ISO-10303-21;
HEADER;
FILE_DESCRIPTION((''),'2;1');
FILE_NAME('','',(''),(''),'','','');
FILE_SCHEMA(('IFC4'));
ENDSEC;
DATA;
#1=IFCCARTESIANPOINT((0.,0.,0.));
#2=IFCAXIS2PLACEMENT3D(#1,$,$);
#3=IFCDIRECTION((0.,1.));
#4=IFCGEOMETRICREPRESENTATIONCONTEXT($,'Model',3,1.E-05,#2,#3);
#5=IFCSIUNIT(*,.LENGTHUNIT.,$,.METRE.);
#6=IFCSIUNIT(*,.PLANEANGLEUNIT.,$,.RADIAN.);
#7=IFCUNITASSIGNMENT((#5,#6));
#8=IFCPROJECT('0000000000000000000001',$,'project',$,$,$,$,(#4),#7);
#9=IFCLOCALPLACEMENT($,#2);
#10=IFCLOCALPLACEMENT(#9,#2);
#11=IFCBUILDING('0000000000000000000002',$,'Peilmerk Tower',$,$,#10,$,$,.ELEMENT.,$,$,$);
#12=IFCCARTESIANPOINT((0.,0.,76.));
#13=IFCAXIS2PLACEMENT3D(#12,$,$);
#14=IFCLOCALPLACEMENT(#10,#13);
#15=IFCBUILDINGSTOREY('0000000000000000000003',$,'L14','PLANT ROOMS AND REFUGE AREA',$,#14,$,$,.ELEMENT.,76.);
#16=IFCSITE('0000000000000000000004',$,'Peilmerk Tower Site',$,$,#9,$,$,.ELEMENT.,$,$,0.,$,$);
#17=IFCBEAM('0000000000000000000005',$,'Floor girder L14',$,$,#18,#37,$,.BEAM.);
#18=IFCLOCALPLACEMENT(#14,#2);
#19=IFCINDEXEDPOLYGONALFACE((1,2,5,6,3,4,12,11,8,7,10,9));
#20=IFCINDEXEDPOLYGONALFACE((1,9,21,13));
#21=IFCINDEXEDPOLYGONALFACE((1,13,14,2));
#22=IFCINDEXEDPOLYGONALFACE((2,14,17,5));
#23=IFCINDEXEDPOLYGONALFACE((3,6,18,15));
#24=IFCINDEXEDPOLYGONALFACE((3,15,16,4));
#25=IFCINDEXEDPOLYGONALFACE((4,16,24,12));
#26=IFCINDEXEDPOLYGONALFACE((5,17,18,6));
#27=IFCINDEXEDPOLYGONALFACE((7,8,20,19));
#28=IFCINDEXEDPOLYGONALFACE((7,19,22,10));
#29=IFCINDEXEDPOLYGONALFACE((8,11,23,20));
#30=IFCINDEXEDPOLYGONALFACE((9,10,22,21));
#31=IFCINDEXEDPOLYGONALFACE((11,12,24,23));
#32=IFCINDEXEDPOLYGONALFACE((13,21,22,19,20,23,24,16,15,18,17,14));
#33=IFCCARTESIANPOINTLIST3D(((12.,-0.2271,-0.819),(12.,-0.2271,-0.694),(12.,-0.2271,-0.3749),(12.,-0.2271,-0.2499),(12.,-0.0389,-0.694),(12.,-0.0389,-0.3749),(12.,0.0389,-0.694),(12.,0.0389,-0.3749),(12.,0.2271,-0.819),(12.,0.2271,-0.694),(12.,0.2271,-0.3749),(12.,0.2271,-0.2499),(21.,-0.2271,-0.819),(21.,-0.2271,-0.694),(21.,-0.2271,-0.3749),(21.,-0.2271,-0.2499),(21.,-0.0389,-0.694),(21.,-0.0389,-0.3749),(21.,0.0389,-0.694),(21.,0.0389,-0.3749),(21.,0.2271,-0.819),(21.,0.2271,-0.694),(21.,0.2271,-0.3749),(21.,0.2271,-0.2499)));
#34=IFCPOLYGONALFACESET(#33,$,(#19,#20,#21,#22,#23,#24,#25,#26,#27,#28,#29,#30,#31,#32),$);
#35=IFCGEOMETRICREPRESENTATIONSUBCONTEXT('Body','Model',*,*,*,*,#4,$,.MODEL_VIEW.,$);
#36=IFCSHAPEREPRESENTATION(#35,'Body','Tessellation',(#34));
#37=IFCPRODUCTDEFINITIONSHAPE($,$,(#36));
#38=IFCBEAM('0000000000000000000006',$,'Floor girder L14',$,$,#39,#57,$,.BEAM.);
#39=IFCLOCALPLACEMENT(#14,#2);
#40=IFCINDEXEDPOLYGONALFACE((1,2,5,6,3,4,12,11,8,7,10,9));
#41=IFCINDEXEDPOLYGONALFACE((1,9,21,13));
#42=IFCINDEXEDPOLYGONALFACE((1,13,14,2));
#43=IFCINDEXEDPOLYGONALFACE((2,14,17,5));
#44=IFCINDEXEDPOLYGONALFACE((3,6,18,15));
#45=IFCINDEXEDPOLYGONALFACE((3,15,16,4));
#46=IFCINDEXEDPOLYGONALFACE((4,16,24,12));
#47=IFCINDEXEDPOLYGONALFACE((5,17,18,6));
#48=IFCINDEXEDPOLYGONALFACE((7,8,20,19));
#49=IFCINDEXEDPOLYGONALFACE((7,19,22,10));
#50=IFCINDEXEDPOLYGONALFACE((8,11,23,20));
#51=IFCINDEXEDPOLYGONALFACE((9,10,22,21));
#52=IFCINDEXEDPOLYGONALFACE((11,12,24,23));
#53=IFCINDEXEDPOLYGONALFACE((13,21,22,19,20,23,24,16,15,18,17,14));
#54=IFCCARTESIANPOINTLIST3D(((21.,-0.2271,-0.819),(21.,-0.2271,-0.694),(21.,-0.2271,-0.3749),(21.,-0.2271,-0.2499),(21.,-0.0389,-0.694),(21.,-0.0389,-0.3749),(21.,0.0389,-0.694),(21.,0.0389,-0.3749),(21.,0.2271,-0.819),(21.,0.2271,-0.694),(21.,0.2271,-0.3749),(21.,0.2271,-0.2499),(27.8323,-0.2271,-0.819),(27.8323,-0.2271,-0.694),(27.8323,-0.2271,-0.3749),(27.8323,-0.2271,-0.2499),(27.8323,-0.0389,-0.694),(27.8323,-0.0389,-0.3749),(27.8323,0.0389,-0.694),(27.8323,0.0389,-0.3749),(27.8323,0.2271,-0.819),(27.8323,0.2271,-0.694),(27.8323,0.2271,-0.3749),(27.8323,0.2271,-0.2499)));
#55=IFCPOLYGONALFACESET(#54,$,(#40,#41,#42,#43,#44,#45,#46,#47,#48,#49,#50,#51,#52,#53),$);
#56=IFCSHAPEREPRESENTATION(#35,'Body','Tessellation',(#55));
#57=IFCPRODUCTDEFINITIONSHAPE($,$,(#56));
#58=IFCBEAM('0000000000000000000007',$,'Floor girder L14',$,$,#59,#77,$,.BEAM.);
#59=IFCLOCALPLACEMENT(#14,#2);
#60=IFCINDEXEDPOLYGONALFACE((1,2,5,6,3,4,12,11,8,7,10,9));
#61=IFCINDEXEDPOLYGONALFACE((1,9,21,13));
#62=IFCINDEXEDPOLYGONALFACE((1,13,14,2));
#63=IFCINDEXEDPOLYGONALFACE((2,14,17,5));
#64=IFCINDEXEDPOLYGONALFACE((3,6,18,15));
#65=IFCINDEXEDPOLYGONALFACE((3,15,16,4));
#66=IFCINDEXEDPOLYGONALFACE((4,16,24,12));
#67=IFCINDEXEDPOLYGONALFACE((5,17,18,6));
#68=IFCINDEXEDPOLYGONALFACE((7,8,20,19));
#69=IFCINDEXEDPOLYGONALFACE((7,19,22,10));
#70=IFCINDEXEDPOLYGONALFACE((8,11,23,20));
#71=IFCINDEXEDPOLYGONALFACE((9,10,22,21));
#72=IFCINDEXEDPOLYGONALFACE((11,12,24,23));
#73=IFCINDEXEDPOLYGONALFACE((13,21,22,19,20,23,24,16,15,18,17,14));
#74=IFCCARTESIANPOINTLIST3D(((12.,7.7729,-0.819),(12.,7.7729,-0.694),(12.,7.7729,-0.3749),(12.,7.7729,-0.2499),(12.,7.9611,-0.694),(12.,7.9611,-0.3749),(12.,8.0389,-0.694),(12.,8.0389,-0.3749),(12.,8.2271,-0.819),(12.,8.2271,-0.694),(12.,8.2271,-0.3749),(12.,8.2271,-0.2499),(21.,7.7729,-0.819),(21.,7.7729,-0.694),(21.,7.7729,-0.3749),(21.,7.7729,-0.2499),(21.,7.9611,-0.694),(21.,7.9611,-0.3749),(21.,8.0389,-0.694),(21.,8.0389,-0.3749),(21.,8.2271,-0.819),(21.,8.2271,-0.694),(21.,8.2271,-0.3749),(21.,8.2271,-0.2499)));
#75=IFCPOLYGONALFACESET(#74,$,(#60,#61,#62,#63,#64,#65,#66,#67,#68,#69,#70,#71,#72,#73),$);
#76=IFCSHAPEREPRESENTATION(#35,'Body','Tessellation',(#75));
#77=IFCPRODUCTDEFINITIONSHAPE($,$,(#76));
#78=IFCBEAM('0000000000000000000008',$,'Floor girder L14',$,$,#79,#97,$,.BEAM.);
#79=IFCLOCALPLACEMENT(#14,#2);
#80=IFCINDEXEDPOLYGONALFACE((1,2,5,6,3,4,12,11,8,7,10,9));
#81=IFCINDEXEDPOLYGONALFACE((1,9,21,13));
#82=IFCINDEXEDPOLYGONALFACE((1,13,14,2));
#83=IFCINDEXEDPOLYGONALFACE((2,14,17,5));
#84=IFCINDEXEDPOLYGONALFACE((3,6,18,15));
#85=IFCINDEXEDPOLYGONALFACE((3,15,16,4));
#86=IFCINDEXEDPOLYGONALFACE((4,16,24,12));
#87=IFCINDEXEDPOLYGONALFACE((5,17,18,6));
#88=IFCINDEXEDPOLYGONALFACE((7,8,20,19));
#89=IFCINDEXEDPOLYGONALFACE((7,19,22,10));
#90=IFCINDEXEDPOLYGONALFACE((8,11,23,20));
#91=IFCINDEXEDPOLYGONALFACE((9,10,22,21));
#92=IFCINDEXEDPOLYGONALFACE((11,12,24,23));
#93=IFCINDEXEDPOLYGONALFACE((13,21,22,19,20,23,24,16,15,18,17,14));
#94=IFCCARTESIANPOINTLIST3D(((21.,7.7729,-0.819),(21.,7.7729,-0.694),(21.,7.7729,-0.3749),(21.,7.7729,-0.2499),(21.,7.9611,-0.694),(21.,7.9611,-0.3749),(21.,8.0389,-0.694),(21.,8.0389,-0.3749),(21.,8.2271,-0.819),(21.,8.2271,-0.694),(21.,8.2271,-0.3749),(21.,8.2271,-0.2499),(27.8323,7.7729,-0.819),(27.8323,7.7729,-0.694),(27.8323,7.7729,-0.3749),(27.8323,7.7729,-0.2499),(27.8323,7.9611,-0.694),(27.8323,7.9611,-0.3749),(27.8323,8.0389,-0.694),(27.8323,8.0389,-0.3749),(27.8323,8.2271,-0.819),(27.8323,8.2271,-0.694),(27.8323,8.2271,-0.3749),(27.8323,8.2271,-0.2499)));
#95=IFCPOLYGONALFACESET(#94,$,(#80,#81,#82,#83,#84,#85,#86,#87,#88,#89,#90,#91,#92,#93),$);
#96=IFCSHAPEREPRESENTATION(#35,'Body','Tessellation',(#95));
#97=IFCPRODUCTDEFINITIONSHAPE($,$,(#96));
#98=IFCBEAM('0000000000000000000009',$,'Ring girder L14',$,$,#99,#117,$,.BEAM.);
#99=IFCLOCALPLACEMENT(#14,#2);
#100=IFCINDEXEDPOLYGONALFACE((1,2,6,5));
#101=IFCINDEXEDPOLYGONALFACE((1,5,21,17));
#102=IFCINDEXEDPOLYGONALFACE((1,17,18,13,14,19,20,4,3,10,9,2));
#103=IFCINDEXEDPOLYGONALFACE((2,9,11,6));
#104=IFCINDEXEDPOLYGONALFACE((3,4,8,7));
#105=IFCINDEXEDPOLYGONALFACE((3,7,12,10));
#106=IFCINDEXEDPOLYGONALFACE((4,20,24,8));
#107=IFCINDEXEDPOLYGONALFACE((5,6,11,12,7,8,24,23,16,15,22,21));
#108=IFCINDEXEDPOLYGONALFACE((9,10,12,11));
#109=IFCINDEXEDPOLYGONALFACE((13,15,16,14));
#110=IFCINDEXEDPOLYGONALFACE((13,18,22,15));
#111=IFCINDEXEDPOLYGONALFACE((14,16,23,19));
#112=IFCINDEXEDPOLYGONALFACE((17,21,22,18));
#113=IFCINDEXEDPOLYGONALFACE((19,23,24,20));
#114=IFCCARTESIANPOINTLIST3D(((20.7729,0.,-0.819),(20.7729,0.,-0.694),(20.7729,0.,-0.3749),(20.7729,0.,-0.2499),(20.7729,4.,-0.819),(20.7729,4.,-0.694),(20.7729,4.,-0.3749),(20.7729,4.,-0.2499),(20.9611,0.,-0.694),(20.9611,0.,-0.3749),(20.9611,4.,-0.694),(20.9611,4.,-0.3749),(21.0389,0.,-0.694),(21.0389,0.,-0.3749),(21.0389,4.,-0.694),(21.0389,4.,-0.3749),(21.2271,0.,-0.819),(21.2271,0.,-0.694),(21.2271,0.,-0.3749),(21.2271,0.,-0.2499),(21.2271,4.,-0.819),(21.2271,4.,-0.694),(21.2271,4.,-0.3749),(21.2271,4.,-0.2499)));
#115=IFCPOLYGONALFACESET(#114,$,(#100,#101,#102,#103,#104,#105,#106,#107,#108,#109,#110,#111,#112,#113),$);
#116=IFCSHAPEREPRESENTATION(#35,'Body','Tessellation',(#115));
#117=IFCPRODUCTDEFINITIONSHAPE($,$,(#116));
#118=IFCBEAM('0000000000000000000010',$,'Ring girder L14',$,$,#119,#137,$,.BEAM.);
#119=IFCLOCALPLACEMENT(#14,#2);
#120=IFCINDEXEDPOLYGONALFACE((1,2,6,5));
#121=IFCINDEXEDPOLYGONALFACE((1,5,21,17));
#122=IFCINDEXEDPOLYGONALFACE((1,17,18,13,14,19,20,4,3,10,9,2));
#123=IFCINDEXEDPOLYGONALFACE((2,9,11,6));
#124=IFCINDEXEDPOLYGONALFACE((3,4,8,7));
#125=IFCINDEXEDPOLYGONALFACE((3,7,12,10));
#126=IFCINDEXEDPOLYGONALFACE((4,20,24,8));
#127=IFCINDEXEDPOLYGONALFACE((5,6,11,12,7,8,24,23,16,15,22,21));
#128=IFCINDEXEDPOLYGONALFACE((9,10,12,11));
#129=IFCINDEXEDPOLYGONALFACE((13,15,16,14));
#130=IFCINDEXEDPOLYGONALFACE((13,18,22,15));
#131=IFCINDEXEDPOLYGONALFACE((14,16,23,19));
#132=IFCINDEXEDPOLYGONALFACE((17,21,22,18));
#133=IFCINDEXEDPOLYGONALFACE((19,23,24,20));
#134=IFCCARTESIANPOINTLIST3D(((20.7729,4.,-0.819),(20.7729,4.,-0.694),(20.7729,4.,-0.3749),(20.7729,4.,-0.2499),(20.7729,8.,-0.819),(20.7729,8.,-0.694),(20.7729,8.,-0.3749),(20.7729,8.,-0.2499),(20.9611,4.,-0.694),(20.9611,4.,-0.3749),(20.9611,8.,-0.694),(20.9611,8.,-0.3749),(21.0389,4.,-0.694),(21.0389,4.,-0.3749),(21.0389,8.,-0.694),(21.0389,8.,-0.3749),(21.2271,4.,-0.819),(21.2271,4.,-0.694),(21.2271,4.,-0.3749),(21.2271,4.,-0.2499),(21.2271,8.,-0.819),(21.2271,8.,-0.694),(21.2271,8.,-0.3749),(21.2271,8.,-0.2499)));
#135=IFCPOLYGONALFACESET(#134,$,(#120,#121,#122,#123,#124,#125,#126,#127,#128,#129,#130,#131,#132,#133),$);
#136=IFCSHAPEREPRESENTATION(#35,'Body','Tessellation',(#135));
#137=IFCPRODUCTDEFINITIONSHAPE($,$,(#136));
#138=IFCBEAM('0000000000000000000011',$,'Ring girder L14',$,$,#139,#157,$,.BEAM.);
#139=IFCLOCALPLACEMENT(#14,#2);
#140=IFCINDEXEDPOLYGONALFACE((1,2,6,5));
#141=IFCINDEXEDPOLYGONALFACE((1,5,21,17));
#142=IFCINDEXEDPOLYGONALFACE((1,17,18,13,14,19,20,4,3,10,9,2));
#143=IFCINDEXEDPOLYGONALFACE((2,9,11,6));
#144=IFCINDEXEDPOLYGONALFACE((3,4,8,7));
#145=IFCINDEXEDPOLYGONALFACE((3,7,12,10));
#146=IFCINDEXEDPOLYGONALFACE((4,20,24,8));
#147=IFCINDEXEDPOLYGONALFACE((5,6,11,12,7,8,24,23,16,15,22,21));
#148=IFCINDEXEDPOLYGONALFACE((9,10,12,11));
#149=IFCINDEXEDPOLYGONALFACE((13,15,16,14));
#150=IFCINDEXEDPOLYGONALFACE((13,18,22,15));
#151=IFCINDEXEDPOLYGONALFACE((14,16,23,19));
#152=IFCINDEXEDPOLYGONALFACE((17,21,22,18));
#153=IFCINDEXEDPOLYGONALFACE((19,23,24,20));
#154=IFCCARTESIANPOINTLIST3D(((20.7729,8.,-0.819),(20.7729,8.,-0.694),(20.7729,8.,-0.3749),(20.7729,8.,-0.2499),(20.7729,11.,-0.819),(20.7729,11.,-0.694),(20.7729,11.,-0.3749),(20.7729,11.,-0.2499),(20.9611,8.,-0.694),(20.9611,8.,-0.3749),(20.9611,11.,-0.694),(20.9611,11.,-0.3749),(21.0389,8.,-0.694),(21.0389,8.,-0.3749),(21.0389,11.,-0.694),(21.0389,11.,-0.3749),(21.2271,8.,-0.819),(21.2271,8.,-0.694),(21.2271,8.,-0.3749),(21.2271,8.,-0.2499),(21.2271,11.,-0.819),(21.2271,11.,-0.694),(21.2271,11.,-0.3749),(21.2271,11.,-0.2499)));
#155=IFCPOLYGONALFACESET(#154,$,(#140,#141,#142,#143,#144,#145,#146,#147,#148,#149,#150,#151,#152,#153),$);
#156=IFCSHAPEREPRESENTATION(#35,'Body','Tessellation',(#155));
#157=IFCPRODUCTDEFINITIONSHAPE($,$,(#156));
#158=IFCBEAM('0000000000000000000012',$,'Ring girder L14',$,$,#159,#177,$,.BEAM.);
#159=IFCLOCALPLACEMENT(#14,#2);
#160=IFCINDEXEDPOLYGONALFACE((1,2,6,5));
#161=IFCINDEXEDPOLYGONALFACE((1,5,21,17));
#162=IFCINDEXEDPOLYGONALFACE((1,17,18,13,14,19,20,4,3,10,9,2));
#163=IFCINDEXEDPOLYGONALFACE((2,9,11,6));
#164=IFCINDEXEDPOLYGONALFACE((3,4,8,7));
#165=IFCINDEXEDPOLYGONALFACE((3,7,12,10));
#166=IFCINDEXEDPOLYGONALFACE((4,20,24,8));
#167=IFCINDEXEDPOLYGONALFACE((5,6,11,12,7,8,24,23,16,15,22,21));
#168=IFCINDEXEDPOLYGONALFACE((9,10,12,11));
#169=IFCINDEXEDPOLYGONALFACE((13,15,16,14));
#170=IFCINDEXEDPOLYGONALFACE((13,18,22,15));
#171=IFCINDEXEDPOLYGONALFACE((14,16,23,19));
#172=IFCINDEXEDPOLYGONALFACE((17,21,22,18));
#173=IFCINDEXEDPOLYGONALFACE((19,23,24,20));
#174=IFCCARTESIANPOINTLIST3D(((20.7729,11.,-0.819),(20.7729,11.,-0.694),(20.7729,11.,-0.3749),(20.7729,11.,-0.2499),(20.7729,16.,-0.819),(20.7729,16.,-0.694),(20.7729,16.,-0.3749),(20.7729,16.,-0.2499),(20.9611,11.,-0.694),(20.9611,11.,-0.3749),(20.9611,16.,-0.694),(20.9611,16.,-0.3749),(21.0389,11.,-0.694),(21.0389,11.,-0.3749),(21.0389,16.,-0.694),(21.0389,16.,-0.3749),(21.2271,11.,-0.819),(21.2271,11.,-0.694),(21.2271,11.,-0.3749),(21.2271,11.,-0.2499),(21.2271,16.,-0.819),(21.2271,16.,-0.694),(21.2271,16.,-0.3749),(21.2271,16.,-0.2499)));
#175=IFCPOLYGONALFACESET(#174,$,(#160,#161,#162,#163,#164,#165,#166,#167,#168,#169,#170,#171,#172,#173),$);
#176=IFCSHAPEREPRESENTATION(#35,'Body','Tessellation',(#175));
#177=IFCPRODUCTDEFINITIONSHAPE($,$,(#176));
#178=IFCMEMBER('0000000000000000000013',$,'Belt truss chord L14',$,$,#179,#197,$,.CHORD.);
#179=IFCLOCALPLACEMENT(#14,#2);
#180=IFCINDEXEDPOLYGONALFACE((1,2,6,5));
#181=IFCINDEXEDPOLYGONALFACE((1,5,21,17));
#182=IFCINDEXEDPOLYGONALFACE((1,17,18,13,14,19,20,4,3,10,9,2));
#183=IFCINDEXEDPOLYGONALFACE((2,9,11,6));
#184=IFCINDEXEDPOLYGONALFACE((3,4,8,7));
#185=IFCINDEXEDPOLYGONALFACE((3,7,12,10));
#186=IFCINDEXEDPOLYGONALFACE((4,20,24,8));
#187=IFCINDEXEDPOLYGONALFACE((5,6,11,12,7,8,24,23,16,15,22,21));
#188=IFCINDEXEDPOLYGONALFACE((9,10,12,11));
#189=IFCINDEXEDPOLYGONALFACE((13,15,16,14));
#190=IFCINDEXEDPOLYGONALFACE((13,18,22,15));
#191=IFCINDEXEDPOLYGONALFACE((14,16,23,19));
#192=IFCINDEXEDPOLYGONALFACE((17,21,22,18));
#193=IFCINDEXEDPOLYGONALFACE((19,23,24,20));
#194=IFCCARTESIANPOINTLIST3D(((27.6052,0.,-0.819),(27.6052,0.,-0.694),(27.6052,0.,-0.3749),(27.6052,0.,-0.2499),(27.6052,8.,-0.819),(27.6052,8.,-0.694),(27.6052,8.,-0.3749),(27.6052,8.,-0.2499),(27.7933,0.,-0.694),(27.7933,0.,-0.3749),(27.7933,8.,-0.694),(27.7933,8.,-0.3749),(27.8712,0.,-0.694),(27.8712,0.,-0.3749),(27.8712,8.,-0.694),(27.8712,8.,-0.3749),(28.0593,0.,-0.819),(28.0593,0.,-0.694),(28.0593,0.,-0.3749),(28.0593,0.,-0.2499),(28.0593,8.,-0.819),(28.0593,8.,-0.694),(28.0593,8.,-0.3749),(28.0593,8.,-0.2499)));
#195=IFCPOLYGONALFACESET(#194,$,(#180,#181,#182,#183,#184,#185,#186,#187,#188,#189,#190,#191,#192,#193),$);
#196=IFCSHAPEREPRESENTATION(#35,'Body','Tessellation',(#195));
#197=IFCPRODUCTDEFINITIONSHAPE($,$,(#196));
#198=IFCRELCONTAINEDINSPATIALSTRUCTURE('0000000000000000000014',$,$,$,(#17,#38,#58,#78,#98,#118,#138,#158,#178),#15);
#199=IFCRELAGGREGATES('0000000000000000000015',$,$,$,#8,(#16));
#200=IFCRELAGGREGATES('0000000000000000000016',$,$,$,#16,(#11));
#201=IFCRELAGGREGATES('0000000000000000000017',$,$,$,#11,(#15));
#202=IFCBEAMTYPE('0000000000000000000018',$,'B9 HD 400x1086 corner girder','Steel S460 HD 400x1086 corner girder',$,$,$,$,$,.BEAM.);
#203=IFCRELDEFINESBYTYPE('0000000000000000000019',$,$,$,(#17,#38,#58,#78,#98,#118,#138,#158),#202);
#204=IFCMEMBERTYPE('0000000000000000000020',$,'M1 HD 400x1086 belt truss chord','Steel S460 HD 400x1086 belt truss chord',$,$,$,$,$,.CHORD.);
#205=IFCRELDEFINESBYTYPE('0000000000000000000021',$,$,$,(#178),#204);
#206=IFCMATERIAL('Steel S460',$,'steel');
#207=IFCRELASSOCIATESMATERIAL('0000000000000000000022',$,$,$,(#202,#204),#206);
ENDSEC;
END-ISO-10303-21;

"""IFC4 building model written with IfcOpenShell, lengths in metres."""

from ifc_helpers import new_model, si_unit, direction, frame, origin, origin_2d, place, context, subcontext, project, spatial, i_section, extrude, material, material_profile, profile_set, type_object, element, save


model = new_model("IFC4")

# Units and contexts
model_context = context("Model", 3, precision=1e-05, world=origin(), true_north=direction((0.0, 1.0)))
body_context = subcontext(model_context, "Body", "Model", "MODEL_VIEW")
ifc_project = project(units=[si_unit("LENGTHUNIT", "METRE"), si_unit("PLANEANGLEUNIT", "RADIAN")], contexts=[model_context])

# Site, building, storey
site_placement = place(None, origin())
site = spatial("IfcSite", under=ifc_project, at=site_placement, Name="Peilmerk Tower Site", CompositionType="ELEMENT", RefElevation=0.0)
building_placement = place(site_placement, origin())
building = spatial("IfcBuilding", under=site, at=building_placement, Name="Peilmerk Tower", CompositionType="ELEMENT")
storey_placement = place(building_placement, frame((0.0, 0.0, 76.0)))
storey = spatial("IfcBuildingStorey", under=building, at=storey_placement, Name="L14", Description="PLANT ROOMS AND REFUGE AREA", CompositionType="ELEMENT", Elevation=76.0)

# Shared definitions
ifc_material_1 = material(Name="Steel S460", Category="steel")

# Beams
ifc_material_profile_1 = material_profile(ifc_material_1, i_section(OverallWidth=0.4541, OverallDepth=0.5691, WebThickness=0.0779, FlangeThickness=0.125, at=origin_2d()), Name="HD 400x1086")
ifc_profile_set_1 = profile_set([ifc_material_profile_1], Name="Steel S460")
beam_type_1 = type_object("IfcBeamType", Name="B9 HD 400x1086 corner girder", Description="Steel S460 HD 400x1086 corner girder", PredefinedType="BEAM", material=ifc_profile_set_1)
beam_1_placement = place(storey_placement, frame((12.0, 0.0, -0.5344), z_axis=(1.0, 0.0, 0.0), x_axis=(0.0, 1.0, 0.0)))
element("IfcBeam", 1, at=beam_1_placement, inside=storey, type_object=beam_type_1, Name="Floor girder L14", PredefinedType="BEAM", context=body_context, shape_type="SweptSolid", body=[
    extrude(i_section(OverallWidth=0.4541, OverallDepth=0.5691, WebThickness=0.0779, FlangeThickness=0.125, at=origin_2d()), origin(), (0.0, 0.0, 1.0), 9.0),
])
beam_2_placement = place(storey_placement, frame((21.0, 0.0, -0.5344), z_axis=(1.0, 0.0, 0.0), x_axis=(0.0, 1.0, 0.0)))
element("IfcBeam", 2, at=beam_2_placement, inside=storey, type_object=beam_type_1, Name="Floor girder L14", PredefinedType="BEAM", context=body_context, shape_type="SweptSolid", body=[
    extrude(i_section(OverallWidth=0.4541, OverallDepth=0.5691, WebThickness=0.0779, FlangeThickness=0.125, at=origin_2d()), origin(), (0.0, 0.0, 1.0), 6.8323),
])
beam_3_placement = place(storey_placement, frame((12.0, 8.0, -0.5344), z_axis=(1.0, 0.0, 0.0), x_axis=(0.0, 1.0, 0.0)))
element("IfcBeam", 3, at=beam_3_placement, inside=storey, type_object=beam_type_1, Name="Floor girder L14", PredefinedType="BEAM", context=body_context, shape_type="SweptSolid", body=[
    extrude(i_section(OverallWidth=0.4541, OverallDepth=0.5691, WebThickness=0.0779, FlangeThickness=0.125, at=origin_2d()), origin(), (0.0, 0.0, 1.0), 9.0),
])
beam_4_placement = place(storey_placement, frame((21.0, 8.0, -0.5344), z_axis=(1.0, 0.0, 0.0), x_axis=(0.0, 1.0, 0.0)))
element("IfcBeam", 4, at=beam_4_placement, inside=storey, type_object=beam_type_1, Name="Floor girder L14", PredefinedType="BEAM", context=body_context, shape_type="SweptSolid", body=[
    extrude(i_section(OverallWidth=0.4541, OverallDepth=0.5691, WebThickness=0.0779, FlangeThickness=0.125, at=origin_2d()), origin(), (0.0, 0.0, 1.0), 6.8323),
])
for number, where, z_axis, x_axis, name in (
    (5, (21.0, 0.0, -0.5344), (0.0, 1.0, 0.0), (-1.0, 0.0, 0.0), "Ring girder L14"),
    (6, (21.0, 4.0, -0.5344), (0.0, 1.0, 0.0), (-1.0, 0.0, 0.0), "Ring girder L14"),
):
    element("IfcBeam", number, at=place(storey_placement, frame(where, z_axis=z_axis, x_axis=x_axis)), inside=storey, type_object=beam_type_1, Name=name, PredefinedType="BEAM", context=body_context, shape_type="SweptSolid", body=[
        extrude(i_section(OverallWidth=0.4541, OverallDepth=0.5691, WebThickness=0.0779, FlangeThickness=0.125, at=origin_2d()), origin(), (0.0, 0.0, 1.0), 4.0),
    ])
beam_5_placement = place(storey_placement, frame((21.0, 8.0, -0.5344), z_axis=(0.0, 1.0, 0.0), x_axis=(-1.0, 0.0, 0.0)))
element("IfcBeam", 7, at=beam_5_placement, inside=storey, type_object=beam_type_1, Name="Ring girder L14", PredefinedType="BEAM", context=body_context, shape_type="SweptSolid", body=[
    extrude(i_section(OverallWidth=0.4541, OverallDepth=0.5691, WebThickness=0.0779, FlangeThickness=0.125, at=origin_2d()), origin(), (0.0, 0.0, 1.0), 3.0),
])
beam_6_placement = place(storey_placement, frame((21.0, 11.0, -0.5344), z_axis=(0.0, 1.0, 0.0), x_axis=(-1.0, 0.0, 0.0)))
element("IfcBeam", 8, at=beam_6_placement, inside=storey, type_object=beam_type_1, Name="Ring girder L14", PredefinedType="BEAM", context=body_context, shape_type="SweptSolid", body=[
    extrude(i_section(OverallWidth=0.4541, OverallDepth=0.5691, WebThickness=0.0779, FlangeThickness=0.125, at=origin_2d()), origin(), (0.0, 0.0, 1.0), 5.0),
])

# Member
ifc_material_profile_2 = material_profile(ifc_material_1, i_section(OverallWidth=0.4541, OverallDepth=0.5691, WebThickness=0.0779, FlangeThickness=0.125, at=origin_2d()), Name="HD 400x1086")
ifc_profile_set_2 = profile_set([ifc_material_profile_2], Name="Steel S460")
member_type_1 = type_object("IfcMemberType", Name="M1 HD 400x1086 belt truss chord", Description="Steel S460 HD 400x1086 belt truss chord", PredefinedType="CHORD", material=ifc_profile_set_2)
for number, where, z_axis, x_axis, name in (
    (9, (27.8323, 0.0, -0.5344), (0.0, 1.0, 0.0), (-1.0, 0.0, 0.0), "Belt truss chord L14"),
):
    element("IfcMember", number, at=place(storey_placement, frame(where, z_axis=z_axis, x_axis=x_axis)), inside=storey, type_object=member_type_1, Name=name, PredefinedType="CHORD", context=body_context, shape_type="SweptSolid", body=[
        extrude(i_section(OverallWidth=0.4541, OverallDepth=0.5691, WebThickness=0.0779, FlangeThickness=0.125, at=origin_2d()), origin(), (0.0, 0.0, 1.0), 8.0),
    ])

save(model, "model.ifc")
